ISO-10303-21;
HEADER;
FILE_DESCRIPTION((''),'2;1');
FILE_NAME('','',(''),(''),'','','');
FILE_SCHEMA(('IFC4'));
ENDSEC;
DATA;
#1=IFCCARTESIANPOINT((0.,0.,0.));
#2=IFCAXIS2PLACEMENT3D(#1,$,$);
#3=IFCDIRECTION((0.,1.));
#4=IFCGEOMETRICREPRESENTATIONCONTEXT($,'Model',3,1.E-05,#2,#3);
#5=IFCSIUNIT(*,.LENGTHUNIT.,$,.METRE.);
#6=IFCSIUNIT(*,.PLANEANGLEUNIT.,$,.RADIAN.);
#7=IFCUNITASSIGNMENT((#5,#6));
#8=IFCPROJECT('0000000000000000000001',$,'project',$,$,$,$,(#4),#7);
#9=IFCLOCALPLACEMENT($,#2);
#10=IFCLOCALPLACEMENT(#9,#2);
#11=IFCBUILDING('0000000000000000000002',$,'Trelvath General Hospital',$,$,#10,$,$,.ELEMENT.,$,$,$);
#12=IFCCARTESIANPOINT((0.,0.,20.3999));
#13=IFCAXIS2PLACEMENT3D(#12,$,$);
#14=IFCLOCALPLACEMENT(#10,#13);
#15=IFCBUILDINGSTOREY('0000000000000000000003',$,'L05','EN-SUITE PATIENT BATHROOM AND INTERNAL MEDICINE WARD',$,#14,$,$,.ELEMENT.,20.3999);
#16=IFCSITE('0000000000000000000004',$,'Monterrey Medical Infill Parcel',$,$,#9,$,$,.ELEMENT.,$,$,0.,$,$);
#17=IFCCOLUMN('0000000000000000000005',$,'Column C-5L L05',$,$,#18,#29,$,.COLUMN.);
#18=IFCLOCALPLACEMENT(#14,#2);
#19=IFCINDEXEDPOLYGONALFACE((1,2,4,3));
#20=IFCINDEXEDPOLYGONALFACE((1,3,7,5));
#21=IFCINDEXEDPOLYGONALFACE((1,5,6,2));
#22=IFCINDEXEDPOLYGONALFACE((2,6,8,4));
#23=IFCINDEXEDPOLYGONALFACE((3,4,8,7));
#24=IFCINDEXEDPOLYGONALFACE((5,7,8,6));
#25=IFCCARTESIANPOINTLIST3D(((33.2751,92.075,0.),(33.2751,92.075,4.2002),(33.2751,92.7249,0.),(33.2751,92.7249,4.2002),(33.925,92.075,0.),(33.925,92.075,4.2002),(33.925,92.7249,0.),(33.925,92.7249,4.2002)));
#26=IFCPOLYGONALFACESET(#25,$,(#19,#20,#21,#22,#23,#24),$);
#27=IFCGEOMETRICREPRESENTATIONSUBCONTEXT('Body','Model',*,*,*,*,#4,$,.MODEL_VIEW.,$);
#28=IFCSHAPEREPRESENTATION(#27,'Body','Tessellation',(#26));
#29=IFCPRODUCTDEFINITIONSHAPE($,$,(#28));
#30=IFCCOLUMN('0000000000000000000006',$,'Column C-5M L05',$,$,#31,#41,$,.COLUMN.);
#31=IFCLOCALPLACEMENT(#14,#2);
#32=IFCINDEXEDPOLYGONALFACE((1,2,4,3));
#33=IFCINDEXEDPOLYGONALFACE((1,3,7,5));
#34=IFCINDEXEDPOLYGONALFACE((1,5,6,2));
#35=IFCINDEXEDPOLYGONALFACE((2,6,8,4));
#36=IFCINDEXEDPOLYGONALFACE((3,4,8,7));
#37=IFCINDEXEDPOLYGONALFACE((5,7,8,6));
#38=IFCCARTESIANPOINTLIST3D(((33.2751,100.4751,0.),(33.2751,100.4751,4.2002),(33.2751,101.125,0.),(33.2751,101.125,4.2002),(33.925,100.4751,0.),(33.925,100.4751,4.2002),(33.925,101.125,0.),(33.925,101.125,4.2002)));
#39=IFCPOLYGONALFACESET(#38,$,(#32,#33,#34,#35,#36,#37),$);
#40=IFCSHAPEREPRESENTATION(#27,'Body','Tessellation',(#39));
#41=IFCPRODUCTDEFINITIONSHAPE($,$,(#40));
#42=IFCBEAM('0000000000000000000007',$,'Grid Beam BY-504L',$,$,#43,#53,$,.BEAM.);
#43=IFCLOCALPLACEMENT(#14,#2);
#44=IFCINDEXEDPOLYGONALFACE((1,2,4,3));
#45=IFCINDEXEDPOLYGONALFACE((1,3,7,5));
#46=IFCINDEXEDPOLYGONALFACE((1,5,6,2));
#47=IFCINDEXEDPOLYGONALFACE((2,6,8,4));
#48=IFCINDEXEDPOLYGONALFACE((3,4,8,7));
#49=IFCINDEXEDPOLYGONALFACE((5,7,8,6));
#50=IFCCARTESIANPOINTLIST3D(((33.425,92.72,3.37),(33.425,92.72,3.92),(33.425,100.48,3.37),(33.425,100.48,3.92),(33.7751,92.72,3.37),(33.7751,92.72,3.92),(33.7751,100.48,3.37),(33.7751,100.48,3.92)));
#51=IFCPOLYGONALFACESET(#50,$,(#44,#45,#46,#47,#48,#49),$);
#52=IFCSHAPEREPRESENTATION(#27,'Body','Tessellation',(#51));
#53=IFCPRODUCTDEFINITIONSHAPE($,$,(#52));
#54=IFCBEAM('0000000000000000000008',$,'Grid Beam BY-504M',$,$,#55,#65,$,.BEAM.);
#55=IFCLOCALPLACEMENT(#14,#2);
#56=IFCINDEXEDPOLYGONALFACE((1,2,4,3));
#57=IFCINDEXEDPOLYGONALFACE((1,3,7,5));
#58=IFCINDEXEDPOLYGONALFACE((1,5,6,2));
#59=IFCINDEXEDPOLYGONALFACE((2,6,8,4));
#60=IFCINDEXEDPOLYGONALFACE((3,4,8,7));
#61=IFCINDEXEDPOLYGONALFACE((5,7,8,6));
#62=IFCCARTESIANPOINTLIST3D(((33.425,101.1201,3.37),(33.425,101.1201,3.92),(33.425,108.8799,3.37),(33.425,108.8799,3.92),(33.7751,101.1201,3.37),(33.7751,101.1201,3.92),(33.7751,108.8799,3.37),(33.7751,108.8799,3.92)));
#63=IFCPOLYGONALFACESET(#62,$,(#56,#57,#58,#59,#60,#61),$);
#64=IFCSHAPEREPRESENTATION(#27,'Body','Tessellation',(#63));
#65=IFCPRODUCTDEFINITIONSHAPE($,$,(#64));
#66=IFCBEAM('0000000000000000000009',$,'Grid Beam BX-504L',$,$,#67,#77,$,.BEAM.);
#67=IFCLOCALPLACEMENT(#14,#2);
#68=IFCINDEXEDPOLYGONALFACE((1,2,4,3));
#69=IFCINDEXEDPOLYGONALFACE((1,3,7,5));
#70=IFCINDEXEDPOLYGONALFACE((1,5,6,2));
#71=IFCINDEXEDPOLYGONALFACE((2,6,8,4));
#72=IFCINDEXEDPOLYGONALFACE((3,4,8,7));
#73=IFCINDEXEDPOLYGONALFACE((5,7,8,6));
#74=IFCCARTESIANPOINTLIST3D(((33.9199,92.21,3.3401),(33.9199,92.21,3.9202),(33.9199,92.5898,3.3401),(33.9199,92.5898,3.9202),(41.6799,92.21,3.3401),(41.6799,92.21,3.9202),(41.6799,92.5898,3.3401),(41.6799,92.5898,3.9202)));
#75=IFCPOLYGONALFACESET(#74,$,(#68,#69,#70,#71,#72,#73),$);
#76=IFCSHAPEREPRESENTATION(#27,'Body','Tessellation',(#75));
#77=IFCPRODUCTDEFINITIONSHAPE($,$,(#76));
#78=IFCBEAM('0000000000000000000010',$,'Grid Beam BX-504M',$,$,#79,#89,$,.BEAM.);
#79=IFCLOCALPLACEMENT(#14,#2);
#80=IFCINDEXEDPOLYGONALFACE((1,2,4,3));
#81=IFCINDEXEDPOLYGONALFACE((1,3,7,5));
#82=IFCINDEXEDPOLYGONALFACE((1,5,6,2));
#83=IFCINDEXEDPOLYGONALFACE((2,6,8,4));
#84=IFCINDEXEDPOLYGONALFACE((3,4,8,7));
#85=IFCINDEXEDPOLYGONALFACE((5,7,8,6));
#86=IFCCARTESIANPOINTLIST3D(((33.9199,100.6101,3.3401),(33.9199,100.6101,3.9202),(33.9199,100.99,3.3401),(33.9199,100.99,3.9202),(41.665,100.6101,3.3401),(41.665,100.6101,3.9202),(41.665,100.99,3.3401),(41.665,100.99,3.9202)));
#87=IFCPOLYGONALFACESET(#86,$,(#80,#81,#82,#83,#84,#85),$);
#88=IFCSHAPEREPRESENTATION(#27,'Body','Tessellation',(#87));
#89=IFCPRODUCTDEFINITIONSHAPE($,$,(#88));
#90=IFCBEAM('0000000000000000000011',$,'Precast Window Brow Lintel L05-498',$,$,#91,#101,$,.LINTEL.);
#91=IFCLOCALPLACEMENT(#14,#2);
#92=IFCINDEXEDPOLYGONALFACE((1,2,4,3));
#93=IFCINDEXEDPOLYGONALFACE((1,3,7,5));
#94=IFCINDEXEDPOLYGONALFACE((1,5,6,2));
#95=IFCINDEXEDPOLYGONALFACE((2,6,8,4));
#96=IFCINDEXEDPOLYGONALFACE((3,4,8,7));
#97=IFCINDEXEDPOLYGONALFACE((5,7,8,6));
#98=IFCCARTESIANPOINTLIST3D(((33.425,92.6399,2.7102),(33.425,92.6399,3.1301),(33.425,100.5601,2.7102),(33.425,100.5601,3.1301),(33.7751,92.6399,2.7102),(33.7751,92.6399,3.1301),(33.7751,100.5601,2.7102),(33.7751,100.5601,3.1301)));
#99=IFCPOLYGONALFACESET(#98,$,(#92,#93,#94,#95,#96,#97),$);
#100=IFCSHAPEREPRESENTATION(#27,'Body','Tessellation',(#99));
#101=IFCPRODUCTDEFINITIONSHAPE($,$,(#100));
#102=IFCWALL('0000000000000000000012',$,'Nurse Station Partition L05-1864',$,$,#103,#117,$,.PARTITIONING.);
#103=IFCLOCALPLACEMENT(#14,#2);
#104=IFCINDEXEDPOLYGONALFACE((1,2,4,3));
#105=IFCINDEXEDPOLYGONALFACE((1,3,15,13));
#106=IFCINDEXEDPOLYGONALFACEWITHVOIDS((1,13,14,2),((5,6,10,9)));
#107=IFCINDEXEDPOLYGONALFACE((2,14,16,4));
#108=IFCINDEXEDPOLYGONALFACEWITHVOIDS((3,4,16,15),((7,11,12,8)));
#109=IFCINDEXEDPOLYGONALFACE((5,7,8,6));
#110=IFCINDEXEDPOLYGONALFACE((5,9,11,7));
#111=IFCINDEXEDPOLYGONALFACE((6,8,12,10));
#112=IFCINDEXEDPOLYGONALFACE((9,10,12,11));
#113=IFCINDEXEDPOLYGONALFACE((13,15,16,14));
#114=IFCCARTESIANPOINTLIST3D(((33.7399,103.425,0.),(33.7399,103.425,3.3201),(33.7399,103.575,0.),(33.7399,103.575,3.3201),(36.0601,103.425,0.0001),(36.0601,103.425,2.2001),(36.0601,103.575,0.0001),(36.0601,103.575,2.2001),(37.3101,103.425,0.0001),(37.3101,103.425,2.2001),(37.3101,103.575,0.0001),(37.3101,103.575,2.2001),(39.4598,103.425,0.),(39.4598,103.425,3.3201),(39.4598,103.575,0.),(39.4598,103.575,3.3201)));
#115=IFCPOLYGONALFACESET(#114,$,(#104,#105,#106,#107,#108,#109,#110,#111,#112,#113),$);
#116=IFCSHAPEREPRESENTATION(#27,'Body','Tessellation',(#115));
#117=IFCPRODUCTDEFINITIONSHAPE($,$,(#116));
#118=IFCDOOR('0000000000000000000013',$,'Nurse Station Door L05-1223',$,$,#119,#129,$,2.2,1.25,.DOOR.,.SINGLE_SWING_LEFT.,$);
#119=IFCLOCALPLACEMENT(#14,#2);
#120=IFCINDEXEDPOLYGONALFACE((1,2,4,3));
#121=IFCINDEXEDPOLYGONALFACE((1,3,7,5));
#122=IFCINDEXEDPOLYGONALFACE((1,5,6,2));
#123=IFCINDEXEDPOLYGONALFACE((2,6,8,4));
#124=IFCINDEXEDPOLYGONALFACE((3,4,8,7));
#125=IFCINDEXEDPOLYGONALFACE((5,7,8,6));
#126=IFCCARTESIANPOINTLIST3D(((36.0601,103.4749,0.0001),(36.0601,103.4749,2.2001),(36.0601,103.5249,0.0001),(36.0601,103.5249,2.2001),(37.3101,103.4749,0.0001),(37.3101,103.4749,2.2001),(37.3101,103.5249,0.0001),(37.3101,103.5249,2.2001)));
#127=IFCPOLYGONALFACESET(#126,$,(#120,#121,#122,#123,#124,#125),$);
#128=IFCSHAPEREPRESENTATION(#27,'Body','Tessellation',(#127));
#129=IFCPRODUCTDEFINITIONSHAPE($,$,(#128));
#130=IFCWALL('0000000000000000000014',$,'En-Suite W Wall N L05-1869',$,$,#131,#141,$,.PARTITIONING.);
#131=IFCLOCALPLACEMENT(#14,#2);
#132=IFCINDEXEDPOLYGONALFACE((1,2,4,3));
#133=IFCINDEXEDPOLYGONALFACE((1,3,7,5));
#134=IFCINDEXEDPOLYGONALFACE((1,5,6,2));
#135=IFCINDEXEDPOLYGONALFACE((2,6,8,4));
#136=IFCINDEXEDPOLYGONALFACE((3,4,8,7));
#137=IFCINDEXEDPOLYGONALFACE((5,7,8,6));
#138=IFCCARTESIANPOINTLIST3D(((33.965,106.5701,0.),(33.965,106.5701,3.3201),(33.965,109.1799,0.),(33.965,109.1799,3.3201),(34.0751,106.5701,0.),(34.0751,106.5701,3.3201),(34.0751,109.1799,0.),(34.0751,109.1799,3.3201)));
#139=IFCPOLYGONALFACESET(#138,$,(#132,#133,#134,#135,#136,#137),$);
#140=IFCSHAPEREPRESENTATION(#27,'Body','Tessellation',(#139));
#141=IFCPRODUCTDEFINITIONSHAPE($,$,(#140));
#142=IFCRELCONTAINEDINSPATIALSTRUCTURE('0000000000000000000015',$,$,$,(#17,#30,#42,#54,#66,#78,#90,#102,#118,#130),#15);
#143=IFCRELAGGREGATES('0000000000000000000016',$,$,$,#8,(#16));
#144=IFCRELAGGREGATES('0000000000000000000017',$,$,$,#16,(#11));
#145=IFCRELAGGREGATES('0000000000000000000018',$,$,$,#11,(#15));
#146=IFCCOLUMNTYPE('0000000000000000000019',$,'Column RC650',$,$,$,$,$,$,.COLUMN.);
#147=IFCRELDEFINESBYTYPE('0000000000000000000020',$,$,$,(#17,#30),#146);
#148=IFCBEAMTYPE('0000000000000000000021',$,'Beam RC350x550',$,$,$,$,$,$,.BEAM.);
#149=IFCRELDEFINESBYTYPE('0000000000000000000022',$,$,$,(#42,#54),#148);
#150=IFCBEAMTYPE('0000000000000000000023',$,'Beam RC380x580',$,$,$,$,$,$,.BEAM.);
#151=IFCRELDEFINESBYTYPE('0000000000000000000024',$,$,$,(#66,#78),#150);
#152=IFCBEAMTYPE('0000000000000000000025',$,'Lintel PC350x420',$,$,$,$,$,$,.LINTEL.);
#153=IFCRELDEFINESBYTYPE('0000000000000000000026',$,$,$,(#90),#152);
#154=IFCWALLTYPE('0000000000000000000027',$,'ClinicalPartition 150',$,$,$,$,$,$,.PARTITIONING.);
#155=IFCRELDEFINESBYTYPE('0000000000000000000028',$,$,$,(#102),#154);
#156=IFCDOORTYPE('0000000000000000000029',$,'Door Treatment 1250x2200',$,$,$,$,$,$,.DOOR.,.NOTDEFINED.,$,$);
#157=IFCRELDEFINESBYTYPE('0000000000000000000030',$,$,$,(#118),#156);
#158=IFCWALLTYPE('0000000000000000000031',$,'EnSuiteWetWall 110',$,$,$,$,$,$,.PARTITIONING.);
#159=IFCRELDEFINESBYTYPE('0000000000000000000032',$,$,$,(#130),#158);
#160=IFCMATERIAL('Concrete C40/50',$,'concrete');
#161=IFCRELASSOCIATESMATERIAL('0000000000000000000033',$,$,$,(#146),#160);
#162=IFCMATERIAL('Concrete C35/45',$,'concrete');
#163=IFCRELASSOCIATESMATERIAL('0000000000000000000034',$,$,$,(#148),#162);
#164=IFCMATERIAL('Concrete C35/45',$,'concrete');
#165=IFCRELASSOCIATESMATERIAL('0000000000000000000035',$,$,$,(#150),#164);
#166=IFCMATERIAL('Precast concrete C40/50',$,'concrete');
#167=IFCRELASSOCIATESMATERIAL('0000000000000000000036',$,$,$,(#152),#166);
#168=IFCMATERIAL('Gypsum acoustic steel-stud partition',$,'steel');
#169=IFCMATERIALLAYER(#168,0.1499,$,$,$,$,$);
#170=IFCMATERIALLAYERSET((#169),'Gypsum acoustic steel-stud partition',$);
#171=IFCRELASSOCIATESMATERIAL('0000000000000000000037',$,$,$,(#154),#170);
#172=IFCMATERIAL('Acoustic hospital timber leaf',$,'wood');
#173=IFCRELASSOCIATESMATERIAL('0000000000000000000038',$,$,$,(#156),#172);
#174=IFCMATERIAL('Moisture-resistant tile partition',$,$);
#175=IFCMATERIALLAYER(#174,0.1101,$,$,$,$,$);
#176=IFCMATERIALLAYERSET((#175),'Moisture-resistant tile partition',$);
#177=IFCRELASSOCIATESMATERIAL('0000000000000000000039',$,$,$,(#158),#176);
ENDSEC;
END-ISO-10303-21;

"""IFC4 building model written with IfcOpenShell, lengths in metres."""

from ifc_helpers import new_model, si_unit, direction, frame, frame_2d, origin, origin_2d, place, context, subcontext, project, spatial, rectangle, extrude, material, layer, layer_set, material_profile, profile_set, type_object, element, fill, save


model = new_model("IFC4")

# Units and contexts
model_context = context("Model", 3, precision=1e-05, world=origin(), true_north=direction((0.0, 1.0)))
body_context = subcontext(model_context, "Body", "Model", "MODEL_VIEW")
ifc_project = project(units=[si_unit("LENGTHUNIT", "METRE"), si_unit("PLANEANGLEUNIT", "RADIAN")], contexts=[model_context])

# Site, building, storey
site_placement = place(None, origin())
site = spatial("IfcSite", under=ifc_project, at=site_placement, Name="Monterrey Medical Infill Parcel", CompositionType="ELEMENT", RefElevation=0.0)
building_placement = place(site_placement, origin())
building = spatial("IfcBuilding", under=site, at=building_placement, Name="Trelvath General Hospital", CompositionType="ELEMENT")
storey_placement = place(building_placement, frame((0.0, 0.0, 20.3999)))
storey = spatial("IfcBuildingStorey", under=building, at=storey_placement, Name="L05", Description="EN-SUITE PATIENT BATHROOM AND INTERNAL MEDICINE WARD", CompositionType="ELEMENT", Elevation=20.3999)

# Columns
ifc_material_1 = material(Name="Concrete C40/50", Category="concrete")
ifc_material_profile_1 = material_profile(ifc_material_1, rectangle(XDim=0.6499, YDim=0.6499, at=origin_2d()), Name="RC650x650")
ifc_profile_set_1 = profile_set([ifc_material_profile_1], Name="Concrete C40/50")
column_type = type_object("IfcColumnType", Name="Column RC650", PredefinedType="COLUMN", material=ifc_profile_set_1)
for number, where, z_axis, x_axis, name in (
    (1, (33.6001, 92.3999, 0.0), (0.0, 0.0, 1.0), (1.0, 0.0, 0.0), "Column C-5L L05"),
    (2, (33.6001, 100.8, 0.0), (0.0, 0.0, 1.0), (1.0, 0.0, 0.0), "Column C-5M L05"),
):
    element("IfcColumn", number, at=place(storey_placement, frame(where, z_axis=z_axis, x_axis=x_axis)), inside=storey, type_object=column_type, Name=name, PredefinedType="COLUMN", context=body_context, shape_type="SweptSolid", body=[
        extrude(rectangle(XDim=0.6499, YDim=0.6499, at=origin_2d()), origin(), (0.0, 0.0, 1.0), 4.2002),
    ])

# Beams
ifc_material_2 = material(Name="Concrete C35/45", Category="concrete")
ifc_material_profile_2 = material_profile(ifc_material_2, rectangle(XDim=0.3501, YDim=0.55, at=origin_2d()), Name="RCB350x550")
ifc_profile_set_2 = profile_set([ifc_material_profile_2], Name="Concrete C35/45")
beam_type_1 = type_object("IfcBeamType", Name="Beam RC350x550", PredefinedType="BEAM", material=ifc_profile_set_2)
beam_1_placement = place(storey_placement, frame((33.6001, 92.72, 3.645), z_axis=(0.0, 1.0, 0.0), x_axis=(-1.0, 0.0, 0.0)))
element("IfcBeam", 3, at=beam_1_placement, inside=storey, type_object=beam_type_1, Name="Grid Beam BY-504L", PredefinedType="BEAM", context=body_context, shape_type="SweptSolid", body=[
    extrude(rectangle(XDim=0.3501, YDim=0.55, at=origin_2d()), origin(), (0.0, 0.0, 1.0), 7.76),
])
beam_2_placement = place(storey_placement, frame((33.6001, 101.1201, 3.645), z_axis=(0.0, 1.0, 0.0), x_axis=(-1.0, 0.0, 0.0)))
element("IfcBeam", 4, at=beam_2_placement, inside=storey, type_object=beam_type_1, Name="Grid Beam BY-504M", PredefinedType="BEAM", context=body_context, shape_type="SweptSolid", body=[
    extrude(rectangle(XDim=0.3501, YDim=0.55, at=origin_2d()), origin(), (0.0, 0.0, 1.0), 7.7598),
])
ifc_material_3 = material(Name="Concrete C35/45", Category="concrete")
ifc_material_profile_3 = material_profile(ifc_material_3, rectangle(XDim=0.3799, YDim=0.5801, at=origin_2d()), Name="RCB380x580")
ifc_profile_set_3 = profile_set([ifc_material_profile_3], Name="Concrete C35/45")
beam_type_2 = type_object("IfcBeamType", Name="Beam RC380x580", PredefinedType="BEAM", material=ifc_profile_set_3)
beam_3_placement = place(storey_placement, frame((33.9199, 92.3999, 3.6301), z_axis=(1.0, 0.0, 0.0), x_axis=(0.0, 1.0, 0.0)))
element("IfcBeam", 5, at=beam_3_placement, inside=storey, type_object=beam_type_2, Name="Grid Beam BX-504L", PredefinedType="BEAM", context=body_context, shape_type="SweptSolid", body=[
    extrude(rectangle(XDim=0.3799, YDim=0.5801, at=origin_2d()), origin(), (0.0, 0.0, 1.0), 7.76),
])
beam_4_placement = place(storey_placement, frame((33.9199, 100.8, 3.6301), z_axis=(1.0, 0.0, 0.0), x_axis=(0.0, 1.0, 0.0)))
element("IfcBeam", 6, at=beam_4_placement, inside=storey, type_object=beam_type_2, Name="Grid Beam BX-504M", PredefinedType="BEAM", context=body_context, shape_type="SweptSolid", body=[
    extrude(rectangle(XDim=0.3799, YDim=0.5801, at=origin_2d()), origin(), (0.0, 0.0, 1.0), 7.7451),
])
ifc_material_4 = material(Name="Precast concrete C40/50", Category="concrete")
ifc_material_profile_4 = material_profile(ifc_material_4, rectangle(XDim=0.3501, YDim=0.4199, at=origin_2d()), Name="PCL350x420")
ifc_profile_set_4 = profile_set([ifc_material_profile_4], Name="Precast concrete C40/50")
beam_type_3 = type_object("IfcBeamType", Name="Lintel PC350x420", PredefinedType="LINTEL", material=ifc_profile_set_4)
beam_5_placement = place(storey_placement, frame((33.6001, 92.6399, 2.9202), z_axis=(0.0, 1.0, 0.0), x_axis=(-1.0, 0.0, 0.0)))
element("IfcBeam", 7, at=beam_5_placement, inside=storey, type_object=beam_type_3, Name="Precast Window Brow Lintel L05-498", PredefinedType="LINTEL", context=body_context, shape_type="SweptSolid", body=[
    extrude(rectangle(XDim=0.3501, YDim=0.4199, at=origin_2d()), origin(), (0.0, 0.0, 1.0), 7.9202),
])

# Wall, opening, door
ifc_material_5 = material(Name="Gypsum acoustic steel-stud partition", Category="steel")
ifc_layer_1 = layer(ifc_material_5, 0.1499)
ifc_layer_set_1 = layer_set([ifc_layer_1], Name="Gypsum acoustic steel-stud partition")
wall_type_1 = type_object("IfcWallType", Name="ClinicalPartition 150", PredefinedType="PARTITIONING", material=ifc_layer_set_1)
wall_1_placement = place(storey_placement, frame((33.74, 103.5, 0.0), z_axis=(0.0, 0.0, 1.0), x_axis=(1.0, 0.0, 0.0)))
wall_1 = element("IfcWall", 8, at=wall_1_placement, inside=storey, type_object=wall_type_1, Name="Nurse Station Partition L05-1864", PredefinedType="PARTITIONING", context=body_context, shape_type="SweptSolid", body=[
    extrude(rectangle(XDim=5.72, YDim=0.1499, at=frame_2d((2.8599, 0.0))), origin(), (0.0, 0.0, 1.0), 3.3201),
])
opening_1_placement = place(wall_1_placement, frame((2.3201, 0.0, 0.0)))
opening_1 = element("IfcOpeningElement", 9, at=opening_1_placement, cuts=wall_1, PredefinedType="OPENING", context=body_context, shape_type="SweptSolid", body=[
    extrude(rectangle(XDim=1.25, YDim=2.2, at=frame_2d((0.625, 1.1001))), frame((0.0, 0.085, 0.0), z_axis=(0.0, -1.0, 0.0), x_axis=(1.0, 0.0, 0.0)), (0.0, 0.0, 1.0), 0.1699),
])
ifc_material_6 = material(Name="Acoustic hospital timber leaf", Category="wood")
door_type_1 = type_object("IfcDoorType", Name="Door Treatment 1250x2200", OperationType="NOTDEFINED", PredefinedType="DOOR", material=ifc_material_6)
door_1_placement = place(opening_1_placement, origin())
door_1 = element("IfcDoor", 10, at=door_1_placement, inside=storey, type_object=door_type_1, Name="Nurse Station Door L05-1223", OperationType="SINGLE_SWING_LEFT", OverallHeight=2.2, OverallWidth=1.25, PredefinedType="DOOR", context=body_context, shape_type="SweptSolid", body=[
    extrude(rectangle(XDim=1.25, YDim=2.2, at=frame_2d((0.625, 1.1001))), frame((0.0, 0.0249, 0.0), z_axis=(0.0, -1.0, 0.0), x_axis=(1.0, 0.0, 0.0)), (0.0, 0.0, 1.0), 0.05),
])
fill(opening_1, door_1)

# Wall
ifc_material_7 = material(Name="Moisture-resistant tile partition")
ifc_layer_2 = layer(ifc_material_7, 0.1101)
ifc_layer_set_2 = layer_set([ifc_layer_2], Name="Moisture-resistant tile partition")
wall_type_2 = type_object("IfcWallType", Name="EnSuiteWetWall 110", PredefinedType="PARTITIONING", material=ifc_layer_set_2)
wall_2_placement = place(storey_placement, frame((34.02, 106.5701, 0.0), z_axis=(0.0, 0.0, 1.0), x_axis=(0.0, 1.0, 0.0)))
element("IfcWall", 11, at=wall_2_placement, inside=storey, type_object=wall_type_2, Name="En-Suite W Wall N L05-1869", PredefinedType="PARTITIONING", context=body_context, shape_type="SweptSolid", body=[
    extrude(rectangle(XDim=2.6099, YDim=0.1101, at=frame_2d((1.3049, 0.0))), origin(), (0.0, 0.0, 1.0), 3.3201),
])

save(model, "model.ifc")
